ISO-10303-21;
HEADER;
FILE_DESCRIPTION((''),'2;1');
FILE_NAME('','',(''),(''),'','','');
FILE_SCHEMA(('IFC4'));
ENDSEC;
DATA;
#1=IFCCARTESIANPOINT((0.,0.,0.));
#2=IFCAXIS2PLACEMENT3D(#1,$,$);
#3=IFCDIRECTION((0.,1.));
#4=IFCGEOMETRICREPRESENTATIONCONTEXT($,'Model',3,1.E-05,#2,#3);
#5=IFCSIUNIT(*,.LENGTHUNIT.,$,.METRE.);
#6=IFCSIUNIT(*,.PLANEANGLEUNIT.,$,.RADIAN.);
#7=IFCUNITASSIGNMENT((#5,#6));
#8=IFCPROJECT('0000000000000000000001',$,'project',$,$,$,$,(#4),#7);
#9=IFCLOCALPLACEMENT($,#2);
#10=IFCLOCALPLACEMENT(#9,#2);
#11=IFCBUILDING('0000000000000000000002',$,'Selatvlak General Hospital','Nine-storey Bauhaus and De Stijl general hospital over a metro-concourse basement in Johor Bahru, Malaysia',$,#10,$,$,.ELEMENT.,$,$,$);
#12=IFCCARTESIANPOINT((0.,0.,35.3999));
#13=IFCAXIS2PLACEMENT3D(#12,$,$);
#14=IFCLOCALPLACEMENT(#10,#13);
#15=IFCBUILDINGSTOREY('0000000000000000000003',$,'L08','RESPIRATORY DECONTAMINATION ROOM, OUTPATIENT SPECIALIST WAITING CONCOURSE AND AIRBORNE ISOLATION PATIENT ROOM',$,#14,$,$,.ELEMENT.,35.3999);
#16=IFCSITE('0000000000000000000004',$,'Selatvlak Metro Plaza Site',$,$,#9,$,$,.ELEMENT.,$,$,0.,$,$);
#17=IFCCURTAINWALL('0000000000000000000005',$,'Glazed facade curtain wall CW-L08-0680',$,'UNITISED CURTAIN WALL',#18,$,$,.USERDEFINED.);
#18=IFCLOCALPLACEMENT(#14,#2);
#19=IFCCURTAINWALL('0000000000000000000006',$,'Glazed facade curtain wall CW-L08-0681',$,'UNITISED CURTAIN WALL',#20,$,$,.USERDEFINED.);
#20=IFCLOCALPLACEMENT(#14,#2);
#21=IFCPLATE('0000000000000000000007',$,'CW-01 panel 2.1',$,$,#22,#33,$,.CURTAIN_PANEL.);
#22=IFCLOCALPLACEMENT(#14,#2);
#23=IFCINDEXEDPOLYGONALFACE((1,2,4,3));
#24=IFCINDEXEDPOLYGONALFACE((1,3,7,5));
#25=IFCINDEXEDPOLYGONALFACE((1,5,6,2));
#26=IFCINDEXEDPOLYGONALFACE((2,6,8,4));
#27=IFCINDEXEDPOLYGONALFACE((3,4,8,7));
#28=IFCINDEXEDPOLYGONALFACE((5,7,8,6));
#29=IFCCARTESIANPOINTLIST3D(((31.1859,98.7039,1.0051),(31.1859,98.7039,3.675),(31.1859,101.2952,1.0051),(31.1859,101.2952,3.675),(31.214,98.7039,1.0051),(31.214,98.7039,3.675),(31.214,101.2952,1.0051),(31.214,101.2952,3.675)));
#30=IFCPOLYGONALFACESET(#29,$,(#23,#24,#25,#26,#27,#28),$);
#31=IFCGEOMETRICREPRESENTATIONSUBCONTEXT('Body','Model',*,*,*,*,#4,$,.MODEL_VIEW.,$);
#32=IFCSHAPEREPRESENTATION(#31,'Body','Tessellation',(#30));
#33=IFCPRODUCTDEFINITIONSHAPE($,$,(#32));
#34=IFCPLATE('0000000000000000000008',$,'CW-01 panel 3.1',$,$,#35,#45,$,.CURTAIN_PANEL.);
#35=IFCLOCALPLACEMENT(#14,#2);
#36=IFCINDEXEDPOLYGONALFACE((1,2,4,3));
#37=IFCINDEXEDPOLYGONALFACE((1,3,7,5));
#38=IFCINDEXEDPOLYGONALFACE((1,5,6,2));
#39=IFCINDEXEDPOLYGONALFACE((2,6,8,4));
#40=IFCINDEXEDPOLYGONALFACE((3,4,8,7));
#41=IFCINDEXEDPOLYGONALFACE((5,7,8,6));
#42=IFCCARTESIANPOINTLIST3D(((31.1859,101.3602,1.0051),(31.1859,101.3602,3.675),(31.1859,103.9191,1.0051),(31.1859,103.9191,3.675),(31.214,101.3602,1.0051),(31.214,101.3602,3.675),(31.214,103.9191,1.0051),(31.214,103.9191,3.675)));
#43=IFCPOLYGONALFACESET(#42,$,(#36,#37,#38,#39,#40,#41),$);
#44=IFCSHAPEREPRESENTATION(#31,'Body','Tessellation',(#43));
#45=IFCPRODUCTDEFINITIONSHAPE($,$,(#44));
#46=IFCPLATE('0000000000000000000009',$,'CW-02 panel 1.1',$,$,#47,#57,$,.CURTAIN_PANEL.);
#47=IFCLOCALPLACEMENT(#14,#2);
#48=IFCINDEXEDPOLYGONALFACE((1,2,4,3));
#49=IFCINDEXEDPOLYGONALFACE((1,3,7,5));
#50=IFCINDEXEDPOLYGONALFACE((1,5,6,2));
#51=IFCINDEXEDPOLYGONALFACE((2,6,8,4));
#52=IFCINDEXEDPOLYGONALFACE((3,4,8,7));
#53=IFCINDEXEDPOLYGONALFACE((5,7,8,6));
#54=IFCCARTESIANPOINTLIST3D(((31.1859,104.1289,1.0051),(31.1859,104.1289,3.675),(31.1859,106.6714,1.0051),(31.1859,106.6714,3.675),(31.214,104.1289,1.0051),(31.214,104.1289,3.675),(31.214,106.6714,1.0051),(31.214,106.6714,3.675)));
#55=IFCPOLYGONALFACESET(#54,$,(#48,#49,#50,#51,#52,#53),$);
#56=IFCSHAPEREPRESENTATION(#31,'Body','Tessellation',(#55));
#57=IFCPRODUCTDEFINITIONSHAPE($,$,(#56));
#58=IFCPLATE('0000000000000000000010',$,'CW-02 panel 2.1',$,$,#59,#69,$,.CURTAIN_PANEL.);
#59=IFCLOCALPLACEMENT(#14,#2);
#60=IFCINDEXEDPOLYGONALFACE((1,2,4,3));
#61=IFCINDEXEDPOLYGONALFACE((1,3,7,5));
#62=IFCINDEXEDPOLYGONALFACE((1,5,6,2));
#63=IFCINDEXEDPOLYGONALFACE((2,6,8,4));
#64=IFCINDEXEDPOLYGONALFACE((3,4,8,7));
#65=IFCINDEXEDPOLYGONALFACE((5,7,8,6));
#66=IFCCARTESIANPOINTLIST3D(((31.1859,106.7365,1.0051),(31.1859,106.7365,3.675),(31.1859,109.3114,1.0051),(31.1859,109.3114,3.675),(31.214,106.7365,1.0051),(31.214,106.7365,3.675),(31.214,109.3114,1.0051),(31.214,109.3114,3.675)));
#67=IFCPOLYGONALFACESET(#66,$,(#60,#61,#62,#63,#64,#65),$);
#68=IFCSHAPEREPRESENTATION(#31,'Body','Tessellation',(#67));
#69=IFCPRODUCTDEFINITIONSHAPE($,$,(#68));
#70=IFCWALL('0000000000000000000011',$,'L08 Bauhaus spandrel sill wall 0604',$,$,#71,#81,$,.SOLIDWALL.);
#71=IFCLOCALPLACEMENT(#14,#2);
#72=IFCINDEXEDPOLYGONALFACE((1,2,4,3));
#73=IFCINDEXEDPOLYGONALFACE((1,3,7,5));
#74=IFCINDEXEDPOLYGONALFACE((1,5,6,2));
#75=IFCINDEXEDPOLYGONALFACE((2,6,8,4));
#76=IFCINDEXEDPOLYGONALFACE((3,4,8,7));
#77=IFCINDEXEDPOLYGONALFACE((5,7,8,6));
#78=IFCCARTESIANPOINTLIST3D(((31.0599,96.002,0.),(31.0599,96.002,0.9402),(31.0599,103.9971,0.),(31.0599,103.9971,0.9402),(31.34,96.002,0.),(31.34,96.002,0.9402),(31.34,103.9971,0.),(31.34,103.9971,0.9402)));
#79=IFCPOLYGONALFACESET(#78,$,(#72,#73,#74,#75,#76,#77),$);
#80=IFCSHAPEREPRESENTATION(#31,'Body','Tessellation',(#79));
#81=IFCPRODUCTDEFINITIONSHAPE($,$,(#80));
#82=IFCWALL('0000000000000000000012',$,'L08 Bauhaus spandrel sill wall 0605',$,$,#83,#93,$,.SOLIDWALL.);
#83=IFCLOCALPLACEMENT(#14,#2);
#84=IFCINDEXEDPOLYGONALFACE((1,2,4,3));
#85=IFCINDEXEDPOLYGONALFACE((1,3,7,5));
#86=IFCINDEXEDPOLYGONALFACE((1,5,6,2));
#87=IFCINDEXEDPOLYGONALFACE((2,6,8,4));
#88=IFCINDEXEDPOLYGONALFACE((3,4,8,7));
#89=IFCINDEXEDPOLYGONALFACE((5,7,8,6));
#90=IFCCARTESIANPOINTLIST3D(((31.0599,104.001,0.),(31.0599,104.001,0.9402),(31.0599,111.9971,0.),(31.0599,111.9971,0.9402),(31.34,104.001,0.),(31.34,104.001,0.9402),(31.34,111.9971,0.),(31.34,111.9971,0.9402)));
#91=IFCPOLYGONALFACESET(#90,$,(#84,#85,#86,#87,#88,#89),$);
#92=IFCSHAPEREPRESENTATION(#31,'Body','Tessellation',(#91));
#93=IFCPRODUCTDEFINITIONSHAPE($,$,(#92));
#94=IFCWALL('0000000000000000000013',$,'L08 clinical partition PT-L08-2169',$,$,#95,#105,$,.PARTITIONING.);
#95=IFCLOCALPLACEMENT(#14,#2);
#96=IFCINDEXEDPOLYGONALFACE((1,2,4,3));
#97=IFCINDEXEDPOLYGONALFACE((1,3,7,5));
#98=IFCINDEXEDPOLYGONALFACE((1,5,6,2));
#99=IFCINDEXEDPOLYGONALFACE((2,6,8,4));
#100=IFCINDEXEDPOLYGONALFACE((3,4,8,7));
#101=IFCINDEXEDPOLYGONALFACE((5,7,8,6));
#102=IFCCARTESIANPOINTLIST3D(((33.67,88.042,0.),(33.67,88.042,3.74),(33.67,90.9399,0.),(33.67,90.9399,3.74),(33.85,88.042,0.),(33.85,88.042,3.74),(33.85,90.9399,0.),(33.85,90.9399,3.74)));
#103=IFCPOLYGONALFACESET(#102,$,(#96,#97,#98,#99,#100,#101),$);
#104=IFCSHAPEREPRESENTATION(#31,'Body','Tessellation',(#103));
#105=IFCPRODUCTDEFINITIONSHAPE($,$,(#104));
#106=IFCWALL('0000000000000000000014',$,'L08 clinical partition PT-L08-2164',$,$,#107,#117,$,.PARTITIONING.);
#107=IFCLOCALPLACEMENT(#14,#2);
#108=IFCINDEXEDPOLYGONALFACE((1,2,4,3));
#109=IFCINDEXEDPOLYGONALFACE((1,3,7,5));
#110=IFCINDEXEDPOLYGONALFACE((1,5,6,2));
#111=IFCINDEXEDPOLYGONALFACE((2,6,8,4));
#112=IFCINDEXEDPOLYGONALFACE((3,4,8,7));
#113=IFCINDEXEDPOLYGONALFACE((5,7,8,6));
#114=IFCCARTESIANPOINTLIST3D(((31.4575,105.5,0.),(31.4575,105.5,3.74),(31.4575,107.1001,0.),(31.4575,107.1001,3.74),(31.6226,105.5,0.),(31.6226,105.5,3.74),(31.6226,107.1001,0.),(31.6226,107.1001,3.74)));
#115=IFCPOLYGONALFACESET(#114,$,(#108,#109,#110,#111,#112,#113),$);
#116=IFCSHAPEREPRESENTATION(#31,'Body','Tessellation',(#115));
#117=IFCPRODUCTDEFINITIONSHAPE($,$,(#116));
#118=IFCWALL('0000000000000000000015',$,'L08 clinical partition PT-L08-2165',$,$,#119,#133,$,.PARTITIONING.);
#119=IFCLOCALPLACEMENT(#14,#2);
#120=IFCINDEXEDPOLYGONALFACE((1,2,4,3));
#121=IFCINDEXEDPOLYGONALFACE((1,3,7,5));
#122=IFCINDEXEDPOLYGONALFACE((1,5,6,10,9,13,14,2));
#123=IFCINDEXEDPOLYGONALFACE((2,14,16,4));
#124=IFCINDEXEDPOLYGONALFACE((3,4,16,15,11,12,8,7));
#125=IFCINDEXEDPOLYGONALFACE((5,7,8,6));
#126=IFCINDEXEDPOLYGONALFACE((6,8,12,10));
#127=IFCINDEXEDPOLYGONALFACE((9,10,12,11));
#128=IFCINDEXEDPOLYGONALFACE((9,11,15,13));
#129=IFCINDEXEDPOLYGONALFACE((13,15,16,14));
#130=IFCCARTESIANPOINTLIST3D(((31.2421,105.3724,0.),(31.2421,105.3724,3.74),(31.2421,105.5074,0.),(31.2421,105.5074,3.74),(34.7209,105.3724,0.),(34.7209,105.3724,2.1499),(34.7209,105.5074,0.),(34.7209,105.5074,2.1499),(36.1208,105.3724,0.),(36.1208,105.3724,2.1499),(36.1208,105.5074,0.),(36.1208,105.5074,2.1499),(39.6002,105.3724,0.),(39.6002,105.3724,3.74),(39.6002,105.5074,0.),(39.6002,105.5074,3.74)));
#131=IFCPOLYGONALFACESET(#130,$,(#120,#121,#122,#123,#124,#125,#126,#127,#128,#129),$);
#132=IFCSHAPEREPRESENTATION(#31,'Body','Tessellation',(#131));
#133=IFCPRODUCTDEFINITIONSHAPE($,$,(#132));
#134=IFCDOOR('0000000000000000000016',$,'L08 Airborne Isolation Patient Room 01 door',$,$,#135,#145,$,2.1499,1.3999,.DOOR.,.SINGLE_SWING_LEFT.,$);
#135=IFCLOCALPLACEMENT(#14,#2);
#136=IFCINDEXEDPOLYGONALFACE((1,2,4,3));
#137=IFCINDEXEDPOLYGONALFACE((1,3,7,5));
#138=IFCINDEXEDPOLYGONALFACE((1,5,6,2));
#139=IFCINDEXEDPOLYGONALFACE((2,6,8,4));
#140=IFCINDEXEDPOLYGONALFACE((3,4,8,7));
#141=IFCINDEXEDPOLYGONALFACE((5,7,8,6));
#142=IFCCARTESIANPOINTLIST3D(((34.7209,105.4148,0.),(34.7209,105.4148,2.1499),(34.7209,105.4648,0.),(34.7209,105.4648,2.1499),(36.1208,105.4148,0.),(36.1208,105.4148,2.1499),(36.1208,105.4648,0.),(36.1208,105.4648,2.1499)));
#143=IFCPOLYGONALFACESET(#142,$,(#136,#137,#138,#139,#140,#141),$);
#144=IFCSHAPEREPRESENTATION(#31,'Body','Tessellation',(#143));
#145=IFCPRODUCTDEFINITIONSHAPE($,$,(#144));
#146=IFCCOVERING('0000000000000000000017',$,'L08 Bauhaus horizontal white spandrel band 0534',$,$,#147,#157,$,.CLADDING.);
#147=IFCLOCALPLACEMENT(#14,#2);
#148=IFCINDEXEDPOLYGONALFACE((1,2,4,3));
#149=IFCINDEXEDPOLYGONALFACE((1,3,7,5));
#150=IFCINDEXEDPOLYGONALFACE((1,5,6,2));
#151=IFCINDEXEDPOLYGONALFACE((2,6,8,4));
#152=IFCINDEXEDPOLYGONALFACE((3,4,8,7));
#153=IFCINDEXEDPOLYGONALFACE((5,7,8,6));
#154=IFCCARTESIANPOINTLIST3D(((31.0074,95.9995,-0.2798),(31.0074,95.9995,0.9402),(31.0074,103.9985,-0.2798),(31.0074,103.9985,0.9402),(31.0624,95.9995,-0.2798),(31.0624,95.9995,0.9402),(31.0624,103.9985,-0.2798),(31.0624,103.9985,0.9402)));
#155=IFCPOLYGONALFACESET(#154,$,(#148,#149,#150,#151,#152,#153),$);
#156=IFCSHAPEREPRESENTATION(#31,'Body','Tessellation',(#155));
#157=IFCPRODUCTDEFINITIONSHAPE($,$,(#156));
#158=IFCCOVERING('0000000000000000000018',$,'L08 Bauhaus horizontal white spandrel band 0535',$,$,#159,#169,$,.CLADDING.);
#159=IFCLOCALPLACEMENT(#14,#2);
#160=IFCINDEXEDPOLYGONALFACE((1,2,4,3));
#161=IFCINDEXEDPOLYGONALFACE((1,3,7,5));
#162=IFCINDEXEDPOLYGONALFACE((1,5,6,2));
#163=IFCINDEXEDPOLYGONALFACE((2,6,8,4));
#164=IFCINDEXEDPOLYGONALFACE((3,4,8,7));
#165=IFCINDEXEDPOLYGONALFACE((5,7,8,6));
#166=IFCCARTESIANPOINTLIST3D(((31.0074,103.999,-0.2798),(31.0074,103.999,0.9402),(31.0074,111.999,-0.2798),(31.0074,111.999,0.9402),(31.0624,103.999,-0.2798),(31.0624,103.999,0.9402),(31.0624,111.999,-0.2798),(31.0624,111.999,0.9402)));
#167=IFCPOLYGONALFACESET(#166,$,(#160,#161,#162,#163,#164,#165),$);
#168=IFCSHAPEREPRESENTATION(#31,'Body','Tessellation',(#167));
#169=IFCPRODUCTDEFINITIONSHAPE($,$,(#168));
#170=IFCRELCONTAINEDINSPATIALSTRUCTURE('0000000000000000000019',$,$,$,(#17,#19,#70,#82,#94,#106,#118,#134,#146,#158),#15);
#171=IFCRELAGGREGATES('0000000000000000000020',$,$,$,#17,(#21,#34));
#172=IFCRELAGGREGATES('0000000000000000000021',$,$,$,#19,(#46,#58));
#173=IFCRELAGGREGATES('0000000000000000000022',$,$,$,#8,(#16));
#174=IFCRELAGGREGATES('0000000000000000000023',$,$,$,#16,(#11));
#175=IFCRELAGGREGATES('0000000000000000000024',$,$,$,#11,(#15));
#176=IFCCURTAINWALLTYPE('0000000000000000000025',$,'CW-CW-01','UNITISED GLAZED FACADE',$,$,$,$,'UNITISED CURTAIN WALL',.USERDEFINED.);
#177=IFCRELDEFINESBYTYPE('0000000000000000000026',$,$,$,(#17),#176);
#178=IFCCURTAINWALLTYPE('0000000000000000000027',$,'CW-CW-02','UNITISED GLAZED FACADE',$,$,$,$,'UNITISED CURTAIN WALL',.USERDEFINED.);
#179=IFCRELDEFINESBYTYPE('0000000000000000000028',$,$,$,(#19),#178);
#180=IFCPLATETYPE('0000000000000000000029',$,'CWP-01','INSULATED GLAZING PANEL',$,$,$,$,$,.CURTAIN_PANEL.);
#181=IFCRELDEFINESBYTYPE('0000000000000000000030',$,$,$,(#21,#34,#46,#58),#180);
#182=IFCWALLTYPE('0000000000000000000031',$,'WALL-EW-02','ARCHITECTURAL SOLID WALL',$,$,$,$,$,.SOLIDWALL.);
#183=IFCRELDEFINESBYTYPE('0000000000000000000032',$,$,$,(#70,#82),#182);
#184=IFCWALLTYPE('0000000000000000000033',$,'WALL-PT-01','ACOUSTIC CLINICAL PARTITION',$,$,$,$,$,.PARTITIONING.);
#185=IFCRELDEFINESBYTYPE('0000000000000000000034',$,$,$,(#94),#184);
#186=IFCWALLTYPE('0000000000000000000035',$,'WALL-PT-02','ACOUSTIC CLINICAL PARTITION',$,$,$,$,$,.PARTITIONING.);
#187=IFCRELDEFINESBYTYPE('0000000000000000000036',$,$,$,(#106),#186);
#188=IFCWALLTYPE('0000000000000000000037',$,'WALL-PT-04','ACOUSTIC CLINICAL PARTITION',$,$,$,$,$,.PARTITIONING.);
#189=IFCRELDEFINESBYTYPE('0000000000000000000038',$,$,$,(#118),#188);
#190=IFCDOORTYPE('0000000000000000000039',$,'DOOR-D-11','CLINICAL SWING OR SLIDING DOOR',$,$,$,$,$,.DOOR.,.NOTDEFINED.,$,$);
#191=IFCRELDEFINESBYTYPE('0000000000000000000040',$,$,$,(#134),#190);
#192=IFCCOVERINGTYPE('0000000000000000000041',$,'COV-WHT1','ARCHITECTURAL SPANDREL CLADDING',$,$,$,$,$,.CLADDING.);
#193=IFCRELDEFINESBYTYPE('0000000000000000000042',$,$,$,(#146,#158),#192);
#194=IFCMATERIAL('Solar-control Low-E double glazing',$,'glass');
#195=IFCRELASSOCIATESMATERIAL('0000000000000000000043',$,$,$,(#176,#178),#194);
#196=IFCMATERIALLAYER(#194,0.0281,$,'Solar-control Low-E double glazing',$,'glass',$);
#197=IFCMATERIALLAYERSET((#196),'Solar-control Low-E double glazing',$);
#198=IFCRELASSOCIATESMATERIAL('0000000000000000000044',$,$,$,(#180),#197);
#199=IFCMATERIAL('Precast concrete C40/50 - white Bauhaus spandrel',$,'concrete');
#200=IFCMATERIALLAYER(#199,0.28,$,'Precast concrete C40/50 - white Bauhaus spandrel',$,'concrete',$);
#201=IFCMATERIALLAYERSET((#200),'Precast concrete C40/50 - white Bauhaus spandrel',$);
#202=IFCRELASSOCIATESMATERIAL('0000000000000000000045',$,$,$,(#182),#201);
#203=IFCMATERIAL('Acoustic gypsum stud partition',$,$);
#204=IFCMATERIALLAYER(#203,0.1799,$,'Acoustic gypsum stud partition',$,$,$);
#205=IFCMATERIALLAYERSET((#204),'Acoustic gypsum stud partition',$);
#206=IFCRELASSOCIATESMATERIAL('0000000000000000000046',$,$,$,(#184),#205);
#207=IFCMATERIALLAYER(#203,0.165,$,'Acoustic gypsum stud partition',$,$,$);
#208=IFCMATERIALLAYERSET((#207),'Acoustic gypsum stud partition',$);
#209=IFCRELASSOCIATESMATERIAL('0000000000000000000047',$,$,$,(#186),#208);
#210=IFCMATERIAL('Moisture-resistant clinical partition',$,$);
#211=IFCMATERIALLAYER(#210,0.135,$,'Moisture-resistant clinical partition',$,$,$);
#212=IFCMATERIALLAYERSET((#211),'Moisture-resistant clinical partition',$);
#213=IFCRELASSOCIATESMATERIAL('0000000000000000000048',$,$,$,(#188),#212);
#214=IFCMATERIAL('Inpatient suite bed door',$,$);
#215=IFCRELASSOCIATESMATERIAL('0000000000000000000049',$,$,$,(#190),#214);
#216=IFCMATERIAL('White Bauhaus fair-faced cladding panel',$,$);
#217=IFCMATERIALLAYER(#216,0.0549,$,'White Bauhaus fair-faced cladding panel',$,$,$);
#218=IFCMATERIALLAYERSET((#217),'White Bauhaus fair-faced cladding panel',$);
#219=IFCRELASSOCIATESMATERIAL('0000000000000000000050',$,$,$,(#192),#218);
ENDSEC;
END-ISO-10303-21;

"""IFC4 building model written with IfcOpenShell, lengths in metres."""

from ifc_helpers import new_model, si_unit, direction, frame, frame_2d, origin, origin_2d, place, context, subcontext, project, spatial, rectangle, extrude, material, layer, layer_set, type_object, element, fill, aggregate, save


model = new_model("IFC4")

# Units and contexts
model_context = context("Model", 3, precision=1e-05, world=origin(), true_north=direction((0.0, 1.0)))
body_context = subcontext(model_context, "Body", "Model", "MODEL_VIEW")
ifc_project = project(units=[si_unit("LENGTHUNIT", "METRE"), si_unit("PLANEANGLEUNIT", "RADIAN")], contexts=[model_context])

# Site, building, storey
site_placement = place(None, origin())
site = spatial("IfcSite", under=ifc_project, at=site_placement, Name="Selatvlak Metro Plaza Site", CompositionType="ELEMENT", RefElevation=0.0)
building_placement = place(site_placement, origin())
building = spatial("IfcBuilding", under=site, at=building_placement, Name="Selatvlak General Hospital", Description="Nine-storey Bauhaus and De Stijl general hospital over a metro-concourse basement in Johor Bahru, Malaysia", CompositionType="ELEMENT")
storey_placement = place(building_placement, frame((0.0, 0.0, 35.3999)))
storey = spatial("IfcBuildingStorey", under=building, at=storey_placement, Name="L08", Description="RESPIRATORY DECONTAMINATION ROOM, OUTPATIENT SPECIALIST WAITING CONCOURSE AND AIRBORNE ISOLATION PATIENT ROOM", CompositionType="ELEMENT", Elevation=35.3999)

# Curtain walls
ifc_material_1 = material(Name="Solar-control Low-E double glazing", Category="glass")
curtain_wall_type_1 = type_object("IfcCurtainWallType", Name="CW-CW-01", Description="UNITISED GLAZED FACADE", ElementType="UNITISED CURTAIN WALL", PredefinedType="USERDEFINED", material=ifc_material_1)
curtain_wall_1_placement = place(storey_placement, origin())
curtain_wall_1 = element("IfcCurtainWall", 1, at=curtain_wall_1_placement, inside=storey, type_object=curtain_wall_type_1, Name="Glazed facade curtain wall CW-L08-0680", ObjectType="UNITISED CURTAIN WALL", PredefinedType="USERDEFINED")
curtain_wall_type_2 = type_object("IfcCurtainWallType", Name="CW-CW-02", Description="UNITISED GLAZED FACADE", ElementType="UNITISED CURTAIN WALL", PredefinedType="USERDEFINED", material=ifc_material_1)
curtain_wall_2_placement = place(storey_placement, origin())
curtain_wall_2 = element("IfcCurtainWall", 2, at=curtain_wall_2_placement, inside=storey, type_object=curtain_wall_type_2, Name="Glazed facade curtain wall CW-L08-0681", ObjectType="UNITISED CURTAIN WALL", PredefinedType="USERDEFINED")

# Plates
ifc_layer_1 = layer(ifc_material_1, 0.0281, Name="Solar-control Low-E double glazing", Category="glass")
ifc_layer_set_1 = layer_set([ifc_layer_1], Name="Solar-control Low-E double glazing")
plate_type = type_object("IfcPlateType", Name="CWP-01", Description="INSULATED GLAZING PANEL", PredefinedType="CURTAIN_PANEL", material=ifc_layer_set_1)
plate_1_placement = place(storey_placement, frame((31.2, 99.9995, 1.0051), z_axis=(0.0, 0.0, 1.0), x_axis=(0.0, 1.0, 0.0)))
plate_1 = element("IfcPlate", 3, at=plate_1_placement, type_object=plate_type, Name="CW-01 panel 2.1", PredefinedType="CURTAIN_PANEL", context=body_context, shape_type="SweptSolid", body=[
    extrude(rectangle(XDim=2.5913, YDim=0.0281, at=origin_2d()), origin(), (0.0, 0.0, 1.0), 2.6699),
])
plate_2_placement = place(storey_placement, frame((31.2, 102.6396, 1.0051), z_axis=(0.0, 0.0, 1.0), x_axis=(0.0, 1.0, 0.0)))
plate_2 = element("IfcPlate", 4, at=plate_2_placement, type_object=plate_type, Name="CW-01 panel 3.1", PredefinedType="CURTAIN_PANEL", context=body_context, shape_type="SweptSolid", body=[
    extrude(rectangle(XDim=2.5588, YDim=0.0281, at=origin_2d()), origin(), (0.0, 0.0, 1.0), 2.6699),
])
aggregate(curtain_wall_1, [plate_1, plate_2])
plate_3_placement = place(storey_placement, frame((31.2, 105.4001, 1.0051), z_axis=(0.0, 0.0, 1.0), x_axis=(0.0, 1.0, 0.0)))
plate_3 = element("IfcPlate", 5, at=plate_3_placement, type_object=plate_type, Name="CW-02 panel 1.1", PredefinedType="CURTAIN_PANEL", context=body_context, shape_type="SweptSolid", body=[
    extrude(rectangle(XDim=2.5425, YDim=0.0281, at=origin_2d()), origin(), (0.0, 0.0, 1.0), 2.6699),
])
plate_4_placement = place(storey_placement, frame((31.2, 108.0239, 1.0051), z_axis=(0.0, 0.0, 1.0), x_axis=(0.0, 1.0, 0.0)))
plate_4 = element("IfcPlate", 6, at=plate_4_placement, type_object=plate_type, Name="CW-02 panel 2.1", PredefinedType="CURTAIN_PANEL", context=body_context, shape_type="SweptSolid", body=[
    extrude(rectangle(XDim=2.575, YDim=0.0281, at=origin_2d()), origin(), (0.0, 0.0, 1.0), 2.6699),
])
aggregate(curtain_wall_2, [plate_3, plate_4])

# Walls
ifc_material_2 = material(Name="Precast concrete C40/50 - white Bauhaus spandrel", Category="concrete")
ifc_layer_2 = layer(ifc_material_2, 0.28, Name="Precast concrete C40/50 - white Bauhaus spandrel", Category="concrete")
ifc_layer_set_2 = layer_set([ifc_layer_2], Name="Precast concrete C40/50 - white Bauhaus spandrel")
wall_type_1 = type_object("IfcWallType", Name="WALL-EW-02", Description="ARCHITECTURAL SOLID WALL", PredefinedType="SOLIDWALL", material=ifc_layer_set_2)
wall_1_placement = place(storey_placement, frame((31.2, 96.002, 0.0), z_axis=(0.0, 0.0, 1.0), x_axis=(0.0, 1.0, 0.0)))
element("IfcWall", 7, at=wall_1_placement, inside=storey, type_object=wall_type_1, Name="L08 Bauhaus spandrel sill wall 0604", PredefinedType="SOLIDWALL", context=body_context, shape_type="SweptSolid", body=[
    extrude(rectangle(XDim=7.9951, YDim=0.28, at=frame_2d((3.9976, 0.0))), origin(), (0.0, 0.0, 1.0), 0.9402),
])
wall_2_placement = place(storey_placement, frame((31.2, 104.001, 0.0), z_axis=(0.0, 0.0, 1.0), x_axis=(0.0, 1.0, 0.0)))
element("IfcWall", 8, at=wall_2_placement, inside=storey, type_object=wall_type_1, Name="L08 Bauhaus spandrel sill wall 0605", PredefinedType="SOLIDWALL", context=body_context, shape_type="SweptSolid", body=[
    extrude(rectangle(XDim=7.9961, YDim=0.28, at=frame_2d((3.998, 0.0))), origin(), (0.0, 0.0, 1.0), 0.9402),
])
ifc_material_3 = material(Name="Acoustic gypsum stud partition")
ifc_layer_3 = layer(ifc_material_3, 0.1799, Name="Acoustic gypsum stud partition")
ifc_layer_set_3 = layer_set([ifc_layer_3], Name="Acoustic gypsum stud partition")
wall_type_2 = type_object("IfcWallType", Name="WALL-PT-01", Description="ACOUSTIC CLINICAL PARTITION", PredefinedType="PARTITIONING", material=ifc_layer_set_3)
wall_3_placement = place(storey_placement, frame((33.76, 90.9399, 0.0), z_axis=(0.0, 0.0, 1.0), x_axis=(0.0, -1.0, 0.0)))
element("IfcWall", 9, at=wall_3_placement, inside=storey, type_object=wall_type_2, Name="L08 clinical partition PT-L08-2169", PredefinedType="PARTITIONING", context=body_context, shape_type="SweptSolid", body=[
    extrude(rectangle(XDim=2.8979, YDim=0.1799, at=frame_2d((1.449, 0.0))), origin(), (0.0, 0.0, 1.0), 3.74),
])
ifc_layer_4 = layer(ifc_material_3, 0.165, Name="Acoustic gypsum stud partition")
ifc_layer_set_4 = layer_set([ifc_layer_4], Name="Acoustic gypsum stud partition")
wall_type_3 = type_object("IfcWallType", Name="WALL-PT-02", Description="ACOUSTIC CLINICAL PARTITION", PredefinedType="PARTITIONING", material=ifc_layer_set_4)
wall_4_placement = place(storey_placement, frame((31.54, 107.1001, 0.0), z_axis=(0.0, 0.0, 1.0), x_axis=(0.0, -1.0, 0.0)))
element("IfcWall", 10, at=wall_4_placement, inside=storey, type_object=wall_type_3, Name="L08 clinical partition PT-L08-2164", PredefinedType="PARTITIONING", context=body_context, shape_type="SweptSolid", body=[
    extrude(rectangle(XDim=1.6001, YDim=0.165, at=frame_2d((0.8, 0.0))), origin(), (0.0, 0.0, 1.0), 3.74),
])

# Wall, opening, door
ifc_material_4 = material(Name="Moisture-resistant clinical partition")
ifc_layer_5 = layer(ifc_material_4, 0.135, Name="Moisture-resistant clinical partition")
ifc_layer_set_5 = layer_set([ifc_layer_5], Name="Moisture-resistant clinical partition")
wall_type_4 = type_object("IfcWallType", Name="WALL-PT-04", Description="ACOUSTIC CLINICAL PARTITION", PredefinedType="PARTITIONING", material=ifc_layer_set_5)
wall_5_placement = place(storey_placement, frame((31.2419, 105.4399, 0.0), z_axis=(0.0, 0.0, 1.0), x_axis=(1.0, 0.0, 0.0)))
wall_5 = element("IfcWall", 11, at=wall_5_placement, inside=storey, type_object=wall_type_4, Name="L08 clinical partition PT-L08-2165", PredefinedType="PARTITIONING", context=body_context, shape_type="SweptSolid", body=[
    extrude(rectangle(XDim=8.3582, YDim=0.135, at=frame_2d((4.1792, 0.0))), origin(), (0.0, 0.0, 1.0), 3.74),
])
opening_1_placement = place(wall_5_placement, frame((3.479, 0.0, 0.0)))
opening_1 = element("IfcOpeningElement", 12, at=opening_1_placement, cuts=wall_5, PredefinedType="OPENING", context=body_context, shape_type="SweptSolid", body=[
    extrude(rectangle(XDim=1.3999, YDim=2.1499, at=frame_2d((0.7, 1.075))), frame((0.0, 0.0774, 0.0), z_axis=(0.0, -1.0, 0.0), x_axis=(1.0, 0.0, 0.0)), (0.0, 0.0, 1.0), 0.155),
])
ifc_material_5 = material(Name="Inpatient suite bed door")
door_type_1 = type_object("IfcDoorType", Name="DOOR-D-11", Description="CLINICAL SWING OR SLIDING DOOR", OperationType="NOTDEFINED", PredefinedType="DOOR", material=ifc_material_5)
door_1_placement = place(opening_1_placement, origin())
door_1 = element("IfcDoor", 13, at=door_1_placement, inside=storey, type_object=door_type_1, Name="L08 Airborne Isolation Patient Room 01 door", OperationType="SINGLE_SWING_LEFT", OverallHeight=2.1499, OverallWidth=1.3999, PredefinedType="DOOR", context=body_context, shape_type="SweptSolid", body=[
    extrude(rectangle(XDim=1.3999, YDim=2.1499, at=frame_2d((0.7, 1.075))), frame((0.0, 0.0249, 0.0), z_axis=(0.0, -1.0, 0.0), x_axis=(1.0, 0.0, 0.0)), (0.0, 0.0, 1.0), 0.05),
])
fill(opening_1, door_1)

# Coverings
ifc_material_6 = material(Name="White Bauhaus fair-faced cladding panel")
ifc_layer_6 = layer(ifc_material_6, 0.0549, Name="White Bauhaus fair-faced cladding panel")
ifc_layer_set_6 = layer_set([ifc_layer_6], Name="White Bauhaus fair-faced cladding panel")
covering_type = type_object("IfcCoveringType", Name="COV-WHT1", Description="ARCHITECTURAL SPANDREL CLADDING", PredefinedType="CLADDING", material=ifc_layer_set_6)
covering_1_placement = place(storey_placement, frame((31.0349, 99.999, -0.2798), z_axis=(0.0, 0.0, 1.0), x_axis=(0.0, 1.0, 0.0)))
element("IfcCovering", 14, at=covering_1_placement, inside=storey, type_object=covering_type, Name="L08 Bauhaus horizontal white spandrel band 0534", PredefinedType="CLADDING", context=body_context, shape_type="SweptSolid", body=[
    extrude(rectangle(XDim=7.999, YDim=0.0549, at=origin_2d()), origin(), (0.0, 0.0, 1.0), 1.22),
])
covering_2_placement = place(storey_placement, frame((31.0349, 107.999, -0.2798), z_axis=(0.0, 0.0, 1.0), x_axis=(0.0, 1.0, 0.0)))
element("IfcCovering", 15, at=covering_2_placement, inside=storey, type_object=covering_type, Name="L08 Bauhaus horizontal white spandrel band 0535", PredefinedType="CLADDING", context=body_context, shape_type="SweptSolid", body=[
    extrude(rectangle(XDim=8.0, YDim=0.0549, at=origin_2d()), origin(), (0.0, 0.0, 1.0), 1.22),
])

save(model, "model.ifc")
